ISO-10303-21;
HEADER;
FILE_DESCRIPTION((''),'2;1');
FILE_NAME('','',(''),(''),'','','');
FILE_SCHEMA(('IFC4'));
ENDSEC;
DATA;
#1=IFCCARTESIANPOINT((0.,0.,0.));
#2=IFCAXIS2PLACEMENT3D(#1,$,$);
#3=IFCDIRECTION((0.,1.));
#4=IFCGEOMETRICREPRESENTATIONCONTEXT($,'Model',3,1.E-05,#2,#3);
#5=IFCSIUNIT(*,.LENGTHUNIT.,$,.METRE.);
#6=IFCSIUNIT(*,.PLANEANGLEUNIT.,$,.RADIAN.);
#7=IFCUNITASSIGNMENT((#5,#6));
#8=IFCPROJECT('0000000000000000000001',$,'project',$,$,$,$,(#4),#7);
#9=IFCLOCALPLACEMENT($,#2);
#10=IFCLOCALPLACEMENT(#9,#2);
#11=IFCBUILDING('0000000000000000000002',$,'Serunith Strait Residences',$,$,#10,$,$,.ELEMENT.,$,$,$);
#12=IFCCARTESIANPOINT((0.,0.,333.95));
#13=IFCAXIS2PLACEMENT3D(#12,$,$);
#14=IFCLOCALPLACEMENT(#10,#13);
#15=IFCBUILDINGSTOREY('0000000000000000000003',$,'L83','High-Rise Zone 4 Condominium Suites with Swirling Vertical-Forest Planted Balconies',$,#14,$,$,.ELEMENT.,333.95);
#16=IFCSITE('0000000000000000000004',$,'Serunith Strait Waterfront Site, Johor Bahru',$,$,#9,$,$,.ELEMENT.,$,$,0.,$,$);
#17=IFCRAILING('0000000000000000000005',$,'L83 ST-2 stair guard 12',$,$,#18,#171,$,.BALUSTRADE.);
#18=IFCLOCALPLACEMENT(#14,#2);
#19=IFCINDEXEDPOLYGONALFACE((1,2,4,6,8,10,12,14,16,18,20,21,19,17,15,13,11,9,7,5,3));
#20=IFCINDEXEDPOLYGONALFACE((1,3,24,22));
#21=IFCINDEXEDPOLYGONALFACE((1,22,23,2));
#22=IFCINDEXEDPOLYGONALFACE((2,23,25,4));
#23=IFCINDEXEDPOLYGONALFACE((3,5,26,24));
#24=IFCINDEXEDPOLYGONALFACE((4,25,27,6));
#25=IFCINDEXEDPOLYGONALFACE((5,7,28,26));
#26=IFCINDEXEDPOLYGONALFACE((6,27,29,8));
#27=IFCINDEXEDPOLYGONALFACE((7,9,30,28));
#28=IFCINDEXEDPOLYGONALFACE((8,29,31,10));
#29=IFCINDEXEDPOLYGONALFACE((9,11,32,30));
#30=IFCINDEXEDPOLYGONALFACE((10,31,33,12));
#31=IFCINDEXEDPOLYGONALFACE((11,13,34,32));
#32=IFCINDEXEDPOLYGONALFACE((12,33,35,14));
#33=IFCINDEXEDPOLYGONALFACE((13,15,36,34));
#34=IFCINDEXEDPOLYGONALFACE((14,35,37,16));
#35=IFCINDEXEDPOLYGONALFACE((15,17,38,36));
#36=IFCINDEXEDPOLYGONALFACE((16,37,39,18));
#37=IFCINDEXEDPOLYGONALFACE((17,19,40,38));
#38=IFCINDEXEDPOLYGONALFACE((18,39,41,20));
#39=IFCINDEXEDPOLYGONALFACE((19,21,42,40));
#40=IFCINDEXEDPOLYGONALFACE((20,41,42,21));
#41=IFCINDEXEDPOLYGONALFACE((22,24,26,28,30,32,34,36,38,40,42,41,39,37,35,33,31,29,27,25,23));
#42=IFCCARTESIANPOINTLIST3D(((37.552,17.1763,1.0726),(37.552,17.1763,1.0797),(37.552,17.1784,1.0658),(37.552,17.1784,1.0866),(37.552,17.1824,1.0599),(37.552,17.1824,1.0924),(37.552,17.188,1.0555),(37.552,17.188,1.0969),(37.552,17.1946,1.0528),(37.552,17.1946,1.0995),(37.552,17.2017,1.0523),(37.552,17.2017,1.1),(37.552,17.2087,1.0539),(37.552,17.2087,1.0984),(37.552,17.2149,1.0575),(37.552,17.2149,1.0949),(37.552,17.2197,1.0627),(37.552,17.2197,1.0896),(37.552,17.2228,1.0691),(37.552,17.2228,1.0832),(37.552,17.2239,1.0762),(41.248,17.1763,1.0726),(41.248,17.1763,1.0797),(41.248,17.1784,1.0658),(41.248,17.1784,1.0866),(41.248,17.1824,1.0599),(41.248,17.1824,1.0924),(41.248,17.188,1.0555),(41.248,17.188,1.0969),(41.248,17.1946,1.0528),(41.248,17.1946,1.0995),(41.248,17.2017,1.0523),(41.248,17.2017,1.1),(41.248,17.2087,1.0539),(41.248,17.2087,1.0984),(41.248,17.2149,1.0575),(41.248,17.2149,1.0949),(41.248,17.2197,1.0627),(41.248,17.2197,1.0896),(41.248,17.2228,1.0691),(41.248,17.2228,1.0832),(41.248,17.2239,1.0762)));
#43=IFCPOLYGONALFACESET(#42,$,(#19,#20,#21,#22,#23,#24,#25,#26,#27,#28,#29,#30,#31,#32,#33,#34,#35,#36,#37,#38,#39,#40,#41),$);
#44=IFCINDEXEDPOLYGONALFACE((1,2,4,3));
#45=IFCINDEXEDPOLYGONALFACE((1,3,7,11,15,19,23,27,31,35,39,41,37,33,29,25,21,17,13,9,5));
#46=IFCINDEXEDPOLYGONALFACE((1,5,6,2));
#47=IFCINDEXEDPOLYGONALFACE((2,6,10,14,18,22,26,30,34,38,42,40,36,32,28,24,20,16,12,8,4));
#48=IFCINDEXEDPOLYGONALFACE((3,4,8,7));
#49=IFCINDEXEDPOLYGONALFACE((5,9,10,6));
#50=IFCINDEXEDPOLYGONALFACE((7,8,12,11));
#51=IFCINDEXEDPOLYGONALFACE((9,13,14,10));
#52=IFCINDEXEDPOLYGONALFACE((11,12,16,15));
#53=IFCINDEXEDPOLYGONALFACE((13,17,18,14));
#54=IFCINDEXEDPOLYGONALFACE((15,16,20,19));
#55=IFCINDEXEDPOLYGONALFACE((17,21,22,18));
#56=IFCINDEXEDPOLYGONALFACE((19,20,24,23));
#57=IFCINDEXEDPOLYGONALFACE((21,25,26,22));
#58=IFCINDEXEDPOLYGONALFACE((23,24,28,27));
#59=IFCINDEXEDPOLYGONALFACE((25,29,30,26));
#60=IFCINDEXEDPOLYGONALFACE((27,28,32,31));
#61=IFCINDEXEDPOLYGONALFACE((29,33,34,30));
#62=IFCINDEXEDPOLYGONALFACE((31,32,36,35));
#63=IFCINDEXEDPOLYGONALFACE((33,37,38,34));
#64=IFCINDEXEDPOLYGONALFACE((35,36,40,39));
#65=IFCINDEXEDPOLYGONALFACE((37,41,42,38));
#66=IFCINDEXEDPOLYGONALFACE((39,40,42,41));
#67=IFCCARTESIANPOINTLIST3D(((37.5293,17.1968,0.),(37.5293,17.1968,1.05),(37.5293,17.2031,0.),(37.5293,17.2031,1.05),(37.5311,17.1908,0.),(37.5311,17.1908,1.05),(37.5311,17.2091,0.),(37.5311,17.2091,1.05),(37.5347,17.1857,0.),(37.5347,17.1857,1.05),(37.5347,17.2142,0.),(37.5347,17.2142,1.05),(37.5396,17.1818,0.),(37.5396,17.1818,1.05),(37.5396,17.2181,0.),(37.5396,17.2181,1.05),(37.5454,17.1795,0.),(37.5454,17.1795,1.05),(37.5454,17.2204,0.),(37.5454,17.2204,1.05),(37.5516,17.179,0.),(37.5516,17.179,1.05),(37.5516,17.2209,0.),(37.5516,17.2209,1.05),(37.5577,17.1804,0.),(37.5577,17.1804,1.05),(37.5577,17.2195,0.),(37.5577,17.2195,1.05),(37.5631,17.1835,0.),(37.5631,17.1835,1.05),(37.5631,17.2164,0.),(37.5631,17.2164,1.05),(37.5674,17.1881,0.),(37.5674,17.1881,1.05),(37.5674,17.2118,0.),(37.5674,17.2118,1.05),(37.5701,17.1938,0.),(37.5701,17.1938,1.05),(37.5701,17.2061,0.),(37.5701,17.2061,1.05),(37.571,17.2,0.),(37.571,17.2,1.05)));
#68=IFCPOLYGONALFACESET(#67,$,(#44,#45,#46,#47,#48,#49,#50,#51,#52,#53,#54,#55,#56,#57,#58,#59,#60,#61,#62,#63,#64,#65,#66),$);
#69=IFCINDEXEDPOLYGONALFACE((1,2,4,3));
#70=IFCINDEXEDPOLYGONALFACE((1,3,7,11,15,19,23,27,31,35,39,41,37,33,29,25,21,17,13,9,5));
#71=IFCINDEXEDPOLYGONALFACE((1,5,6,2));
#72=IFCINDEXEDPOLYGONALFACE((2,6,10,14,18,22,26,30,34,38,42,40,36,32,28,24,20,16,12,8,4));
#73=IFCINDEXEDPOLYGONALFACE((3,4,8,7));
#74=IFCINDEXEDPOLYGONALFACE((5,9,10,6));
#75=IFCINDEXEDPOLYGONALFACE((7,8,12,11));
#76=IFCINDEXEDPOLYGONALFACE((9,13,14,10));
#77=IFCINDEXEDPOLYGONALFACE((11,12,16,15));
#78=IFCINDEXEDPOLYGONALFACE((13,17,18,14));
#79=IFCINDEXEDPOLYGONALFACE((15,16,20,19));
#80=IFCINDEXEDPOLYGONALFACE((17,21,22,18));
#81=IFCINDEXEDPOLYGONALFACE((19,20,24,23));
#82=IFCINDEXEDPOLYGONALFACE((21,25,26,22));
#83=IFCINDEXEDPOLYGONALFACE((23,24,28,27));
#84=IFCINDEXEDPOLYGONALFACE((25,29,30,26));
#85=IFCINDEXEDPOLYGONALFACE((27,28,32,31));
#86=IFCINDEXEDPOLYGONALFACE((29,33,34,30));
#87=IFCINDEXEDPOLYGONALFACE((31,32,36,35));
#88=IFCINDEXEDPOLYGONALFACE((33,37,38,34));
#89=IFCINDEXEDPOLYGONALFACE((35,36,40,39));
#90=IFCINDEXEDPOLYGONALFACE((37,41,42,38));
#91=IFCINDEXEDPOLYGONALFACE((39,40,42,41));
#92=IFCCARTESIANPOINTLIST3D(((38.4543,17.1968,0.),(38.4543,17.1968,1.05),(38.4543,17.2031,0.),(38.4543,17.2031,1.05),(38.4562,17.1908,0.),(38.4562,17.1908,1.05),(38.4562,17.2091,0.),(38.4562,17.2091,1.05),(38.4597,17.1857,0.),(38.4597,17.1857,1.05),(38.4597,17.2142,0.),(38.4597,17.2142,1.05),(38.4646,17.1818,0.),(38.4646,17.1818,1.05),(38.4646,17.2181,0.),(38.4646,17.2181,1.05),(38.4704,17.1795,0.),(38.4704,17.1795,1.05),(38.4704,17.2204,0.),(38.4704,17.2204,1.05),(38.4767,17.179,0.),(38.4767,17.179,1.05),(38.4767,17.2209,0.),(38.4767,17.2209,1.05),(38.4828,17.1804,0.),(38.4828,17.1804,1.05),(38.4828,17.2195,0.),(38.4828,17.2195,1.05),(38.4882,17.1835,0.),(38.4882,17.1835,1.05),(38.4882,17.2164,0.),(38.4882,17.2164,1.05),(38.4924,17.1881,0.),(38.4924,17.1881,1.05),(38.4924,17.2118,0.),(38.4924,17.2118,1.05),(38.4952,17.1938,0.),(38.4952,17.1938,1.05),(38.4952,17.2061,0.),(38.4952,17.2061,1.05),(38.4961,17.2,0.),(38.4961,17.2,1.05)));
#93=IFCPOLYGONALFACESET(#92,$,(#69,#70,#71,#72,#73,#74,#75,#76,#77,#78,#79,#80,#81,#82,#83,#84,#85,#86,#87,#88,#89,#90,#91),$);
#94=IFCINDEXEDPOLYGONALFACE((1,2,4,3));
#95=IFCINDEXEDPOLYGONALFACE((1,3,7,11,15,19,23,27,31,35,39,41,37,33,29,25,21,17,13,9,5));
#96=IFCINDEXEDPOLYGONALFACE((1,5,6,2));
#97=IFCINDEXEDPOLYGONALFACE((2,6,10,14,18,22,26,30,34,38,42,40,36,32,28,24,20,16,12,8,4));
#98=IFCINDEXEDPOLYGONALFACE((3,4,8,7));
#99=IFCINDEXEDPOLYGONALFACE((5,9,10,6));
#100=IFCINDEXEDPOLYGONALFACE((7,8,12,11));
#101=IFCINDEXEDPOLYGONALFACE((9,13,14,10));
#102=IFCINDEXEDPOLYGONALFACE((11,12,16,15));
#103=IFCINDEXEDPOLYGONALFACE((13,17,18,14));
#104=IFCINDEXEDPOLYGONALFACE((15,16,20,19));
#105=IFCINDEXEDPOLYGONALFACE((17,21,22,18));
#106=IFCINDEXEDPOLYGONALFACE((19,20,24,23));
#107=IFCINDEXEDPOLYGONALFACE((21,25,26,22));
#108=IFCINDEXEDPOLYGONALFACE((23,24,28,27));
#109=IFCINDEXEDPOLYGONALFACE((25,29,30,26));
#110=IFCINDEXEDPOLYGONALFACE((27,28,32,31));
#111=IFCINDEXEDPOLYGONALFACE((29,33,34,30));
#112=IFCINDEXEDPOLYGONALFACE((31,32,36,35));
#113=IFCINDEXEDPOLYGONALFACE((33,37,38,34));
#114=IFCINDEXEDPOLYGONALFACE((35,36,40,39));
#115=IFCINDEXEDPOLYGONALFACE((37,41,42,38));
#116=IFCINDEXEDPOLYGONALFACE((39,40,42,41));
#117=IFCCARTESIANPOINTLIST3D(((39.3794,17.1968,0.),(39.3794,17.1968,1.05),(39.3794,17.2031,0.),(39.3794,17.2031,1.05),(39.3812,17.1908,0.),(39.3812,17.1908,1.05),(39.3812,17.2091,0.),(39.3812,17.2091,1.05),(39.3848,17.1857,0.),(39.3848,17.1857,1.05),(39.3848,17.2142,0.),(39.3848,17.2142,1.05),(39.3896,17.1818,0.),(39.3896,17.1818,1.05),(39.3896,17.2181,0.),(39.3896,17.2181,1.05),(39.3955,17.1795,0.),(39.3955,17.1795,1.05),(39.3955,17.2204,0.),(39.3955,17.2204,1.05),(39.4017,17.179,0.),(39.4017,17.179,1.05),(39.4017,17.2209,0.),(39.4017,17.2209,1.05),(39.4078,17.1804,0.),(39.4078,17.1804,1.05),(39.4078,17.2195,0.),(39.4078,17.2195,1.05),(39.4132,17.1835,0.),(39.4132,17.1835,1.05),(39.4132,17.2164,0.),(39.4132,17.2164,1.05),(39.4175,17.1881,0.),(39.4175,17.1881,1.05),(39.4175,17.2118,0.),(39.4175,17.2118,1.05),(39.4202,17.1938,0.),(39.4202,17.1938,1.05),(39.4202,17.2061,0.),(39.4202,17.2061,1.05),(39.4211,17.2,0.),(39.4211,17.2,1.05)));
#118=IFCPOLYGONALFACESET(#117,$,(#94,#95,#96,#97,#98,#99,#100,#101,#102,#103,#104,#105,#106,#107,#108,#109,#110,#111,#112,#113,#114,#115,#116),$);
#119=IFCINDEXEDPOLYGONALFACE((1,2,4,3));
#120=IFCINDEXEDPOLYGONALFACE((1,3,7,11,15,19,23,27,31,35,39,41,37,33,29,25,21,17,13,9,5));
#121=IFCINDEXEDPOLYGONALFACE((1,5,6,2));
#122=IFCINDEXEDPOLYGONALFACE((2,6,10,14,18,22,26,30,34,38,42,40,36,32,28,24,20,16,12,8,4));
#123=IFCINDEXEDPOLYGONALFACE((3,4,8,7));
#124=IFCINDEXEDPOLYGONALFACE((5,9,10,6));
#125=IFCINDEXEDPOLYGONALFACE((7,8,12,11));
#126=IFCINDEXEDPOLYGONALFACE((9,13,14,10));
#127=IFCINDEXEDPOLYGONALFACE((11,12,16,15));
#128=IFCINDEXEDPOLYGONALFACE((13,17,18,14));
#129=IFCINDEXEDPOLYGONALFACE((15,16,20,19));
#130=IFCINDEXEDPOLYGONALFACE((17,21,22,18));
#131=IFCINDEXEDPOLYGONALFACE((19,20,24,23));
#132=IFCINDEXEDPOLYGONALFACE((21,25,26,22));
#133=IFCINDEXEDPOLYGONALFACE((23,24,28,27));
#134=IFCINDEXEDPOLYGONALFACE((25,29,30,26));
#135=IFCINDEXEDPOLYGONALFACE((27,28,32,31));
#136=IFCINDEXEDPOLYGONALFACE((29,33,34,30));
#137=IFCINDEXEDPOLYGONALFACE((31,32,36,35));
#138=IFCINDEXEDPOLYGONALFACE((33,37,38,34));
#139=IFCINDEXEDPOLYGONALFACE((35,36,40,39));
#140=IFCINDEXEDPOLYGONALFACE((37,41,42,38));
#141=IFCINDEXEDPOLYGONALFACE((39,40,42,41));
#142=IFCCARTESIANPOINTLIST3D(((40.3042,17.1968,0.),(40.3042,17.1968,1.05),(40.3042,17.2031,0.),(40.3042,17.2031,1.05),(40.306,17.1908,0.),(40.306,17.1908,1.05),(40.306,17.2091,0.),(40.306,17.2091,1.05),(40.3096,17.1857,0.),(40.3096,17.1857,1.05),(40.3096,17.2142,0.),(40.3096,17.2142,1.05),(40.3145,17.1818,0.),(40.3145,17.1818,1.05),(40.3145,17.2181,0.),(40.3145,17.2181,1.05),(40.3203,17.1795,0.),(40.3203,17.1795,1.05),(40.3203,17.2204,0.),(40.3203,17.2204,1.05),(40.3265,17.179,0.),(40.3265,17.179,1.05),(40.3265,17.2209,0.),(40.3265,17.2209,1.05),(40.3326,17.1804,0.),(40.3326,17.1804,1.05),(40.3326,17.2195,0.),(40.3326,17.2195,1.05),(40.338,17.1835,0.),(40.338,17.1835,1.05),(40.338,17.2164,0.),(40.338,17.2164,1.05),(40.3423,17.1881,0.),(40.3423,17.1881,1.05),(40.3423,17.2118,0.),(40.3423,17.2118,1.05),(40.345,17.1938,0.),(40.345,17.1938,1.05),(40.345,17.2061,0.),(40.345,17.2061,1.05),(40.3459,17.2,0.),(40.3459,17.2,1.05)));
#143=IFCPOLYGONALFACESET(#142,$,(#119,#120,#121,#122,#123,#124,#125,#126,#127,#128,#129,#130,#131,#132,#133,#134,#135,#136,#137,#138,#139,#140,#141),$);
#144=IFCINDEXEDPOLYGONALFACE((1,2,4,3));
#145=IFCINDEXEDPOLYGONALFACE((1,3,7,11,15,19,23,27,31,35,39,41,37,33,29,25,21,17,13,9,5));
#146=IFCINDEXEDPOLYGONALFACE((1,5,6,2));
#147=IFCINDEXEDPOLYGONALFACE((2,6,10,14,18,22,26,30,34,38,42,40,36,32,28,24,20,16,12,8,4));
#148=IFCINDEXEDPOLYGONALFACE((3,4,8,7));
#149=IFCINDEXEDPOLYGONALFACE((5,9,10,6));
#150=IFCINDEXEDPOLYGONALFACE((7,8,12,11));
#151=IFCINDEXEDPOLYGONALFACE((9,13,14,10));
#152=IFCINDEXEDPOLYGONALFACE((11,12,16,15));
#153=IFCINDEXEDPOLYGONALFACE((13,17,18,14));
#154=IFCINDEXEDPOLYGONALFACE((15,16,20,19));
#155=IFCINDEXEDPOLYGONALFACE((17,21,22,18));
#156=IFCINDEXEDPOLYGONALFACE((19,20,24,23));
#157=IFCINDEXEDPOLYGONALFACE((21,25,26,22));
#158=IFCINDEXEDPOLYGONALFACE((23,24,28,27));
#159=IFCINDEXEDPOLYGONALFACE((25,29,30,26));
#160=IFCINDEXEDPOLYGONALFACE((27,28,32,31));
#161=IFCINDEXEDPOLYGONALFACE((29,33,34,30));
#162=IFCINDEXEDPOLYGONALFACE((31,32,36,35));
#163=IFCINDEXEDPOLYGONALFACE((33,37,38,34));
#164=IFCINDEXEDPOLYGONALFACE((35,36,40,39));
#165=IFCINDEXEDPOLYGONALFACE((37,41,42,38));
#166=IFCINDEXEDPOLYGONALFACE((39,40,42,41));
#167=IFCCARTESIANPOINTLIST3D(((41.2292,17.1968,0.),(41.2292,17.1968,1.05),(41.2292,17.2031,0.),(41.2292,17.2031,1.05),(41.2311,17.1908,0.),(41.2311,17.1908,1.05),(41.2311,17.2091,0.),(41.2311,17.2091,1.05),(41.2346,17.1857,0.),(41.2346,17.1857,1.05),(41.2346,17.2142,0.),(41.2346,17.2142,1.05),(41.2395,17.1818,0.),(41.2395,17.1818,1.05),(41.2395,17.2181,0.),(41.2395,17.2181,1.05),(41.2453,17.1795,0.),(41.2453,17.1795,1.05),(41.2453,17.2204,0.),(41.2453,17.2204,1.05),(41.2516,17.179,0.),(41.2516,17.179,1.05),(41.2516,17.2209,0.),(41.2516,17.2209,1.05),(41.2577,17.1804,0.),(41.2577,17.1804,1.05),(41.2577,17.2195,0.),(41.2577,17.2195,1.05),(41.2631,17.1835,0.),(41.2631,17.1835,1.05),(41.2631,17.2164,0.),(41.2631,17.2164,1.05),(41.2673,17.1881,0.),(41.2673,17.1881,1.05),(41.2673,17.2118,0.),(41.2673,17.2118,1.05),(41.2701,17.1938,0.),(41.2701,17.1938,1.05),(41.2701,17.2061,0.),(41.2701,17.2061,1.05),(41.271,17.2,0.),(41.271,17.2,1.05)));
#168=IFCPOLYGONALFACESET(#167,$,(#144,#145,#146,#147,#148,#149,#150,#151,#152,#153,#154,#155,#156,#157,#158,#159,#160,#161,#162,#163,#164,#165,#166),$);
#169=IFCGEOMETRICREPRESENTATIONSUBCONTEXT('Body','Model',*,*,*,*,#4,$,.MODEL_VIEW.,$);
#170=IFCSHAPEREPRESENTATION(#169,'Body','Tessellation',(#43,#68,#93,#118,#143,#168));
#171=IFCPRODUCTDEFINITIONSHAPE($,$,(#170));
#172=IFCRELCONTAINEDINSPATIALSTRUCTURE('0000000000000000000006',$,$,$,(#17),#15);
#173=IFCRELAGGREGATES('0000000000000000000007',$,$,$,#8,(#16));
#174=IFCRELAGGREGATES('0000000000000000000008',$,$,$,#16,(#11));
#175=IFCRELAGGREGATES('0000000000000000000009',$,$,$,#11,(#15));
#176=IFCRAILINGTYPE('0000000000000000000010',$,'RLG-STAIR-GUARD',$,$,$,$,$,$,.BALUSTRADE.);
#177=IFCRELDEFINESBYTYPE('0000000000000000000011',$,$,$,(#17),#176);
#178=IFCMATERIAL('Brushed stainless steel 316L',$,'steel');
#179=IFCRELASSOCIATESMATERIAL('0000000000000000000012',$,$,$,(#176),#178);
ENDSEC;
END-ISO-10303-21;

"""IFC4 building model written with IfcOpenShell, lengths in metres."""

from ifc_helpers import new_model, si_unit, direction, frame, origin, origin_2d, place, context, subcontext, project, spatial, circle, extrude, material, type_object, element, save


model = new_model("IFC4")

# Units and contexts
model_context = context("Model", 3, precision=1e-05, world=origin(), true_north=direction((0.0, 1.0)))
body_context = subcontext(model_context, "Body", "Model", "MODEL_VIEW")
ifc_project = project(units=[si_unit("LENGTHUNIT", "METRE"), si_unit("PLANEANGLEUNIT", "RADIAN")], contexts=[model_context])

# Site, building, storey
site_placement = place(None, origin())
site = spatial("IfcSite", under=ifc_project, at=site_placement, Name="Serunith Strait Waterfront Site, Johor Bahru", CompositionType="ELEMENT", RefElevation=0.0)
building_placement = place(site_placement, origin())
building = spatial("IfcBuilding", under=site, at=building_placement, Name="Serunith Strait Residences", CompositionType="ELEMENT")
storey_placement = place(building_placement, frame((0.0, 0.0, 333.95)))
storey = spatial("IfcBuildingStorey", under=building, at=storey_placement, Name="L83", Description="High-Rise Zone 4 Condominium Suites with Swirling Vertical-Forest Planted Balconies", CompositionType="ELEMENT", Elevation=333.95)

# Railing
ifc_material_1 = material(Name="Brushed stainless steel 316L", Category="steel")
railing_type_1 = type_object("IfcRailingType", Name="RLG-STAIR-GUARD", PredefinedType="BALUSTRADE", material=ifc_material_1)
railing_1_placement = place(storey_placement, frame((37.55, 17.2, 0.0)))
element("IfcRailing", 1, at=railing_1_placement, inside=storey, type_object=railing_type_1, Name="L83 ST-2 stair guard 12", PredefinedType="BALUSTRADE", context=body_context, shape_type="SweptSolid", body=[
    extrude(circle(Radius=0.0239, at=origin_2d()), frame((0.002, 0.0, 1.0762), z_axis=(1.0, 0.0, 0.0), x_axis=(0.0, 1.0, 0.0)), (0.0, 0.0, 1.0), 3.696),
    extrude(circle(Radius=0.021, at=origin_2d()), origin(), (0.0, 0.0, 1.0), 1.05),
    extrude(circle(Radius=0.021, at=origin_2d()), frame((0.925, 0.0, 0.0)), (0.0, 0.0, 1.0), 1.05),
    extrude(circle(Radius=0.021, at=origin_2d()), frame((1.8501, 0.0, 0.0)), (0.0, 0.0, 1.0), 1.05),
    extrude(circle(Radius=0.021, at=origin_2d()), frame((2.7749, 0.0, 0.0)), (0.0, 0.0, 1.0), 1.05),
    extrude(circle(Radius=0.021, at=origin_2d()), frame((3.7, 0.0, 0.0)), (0.0, 0.0, 1.0), 1.05),
])

save(model, "model.ifc")
